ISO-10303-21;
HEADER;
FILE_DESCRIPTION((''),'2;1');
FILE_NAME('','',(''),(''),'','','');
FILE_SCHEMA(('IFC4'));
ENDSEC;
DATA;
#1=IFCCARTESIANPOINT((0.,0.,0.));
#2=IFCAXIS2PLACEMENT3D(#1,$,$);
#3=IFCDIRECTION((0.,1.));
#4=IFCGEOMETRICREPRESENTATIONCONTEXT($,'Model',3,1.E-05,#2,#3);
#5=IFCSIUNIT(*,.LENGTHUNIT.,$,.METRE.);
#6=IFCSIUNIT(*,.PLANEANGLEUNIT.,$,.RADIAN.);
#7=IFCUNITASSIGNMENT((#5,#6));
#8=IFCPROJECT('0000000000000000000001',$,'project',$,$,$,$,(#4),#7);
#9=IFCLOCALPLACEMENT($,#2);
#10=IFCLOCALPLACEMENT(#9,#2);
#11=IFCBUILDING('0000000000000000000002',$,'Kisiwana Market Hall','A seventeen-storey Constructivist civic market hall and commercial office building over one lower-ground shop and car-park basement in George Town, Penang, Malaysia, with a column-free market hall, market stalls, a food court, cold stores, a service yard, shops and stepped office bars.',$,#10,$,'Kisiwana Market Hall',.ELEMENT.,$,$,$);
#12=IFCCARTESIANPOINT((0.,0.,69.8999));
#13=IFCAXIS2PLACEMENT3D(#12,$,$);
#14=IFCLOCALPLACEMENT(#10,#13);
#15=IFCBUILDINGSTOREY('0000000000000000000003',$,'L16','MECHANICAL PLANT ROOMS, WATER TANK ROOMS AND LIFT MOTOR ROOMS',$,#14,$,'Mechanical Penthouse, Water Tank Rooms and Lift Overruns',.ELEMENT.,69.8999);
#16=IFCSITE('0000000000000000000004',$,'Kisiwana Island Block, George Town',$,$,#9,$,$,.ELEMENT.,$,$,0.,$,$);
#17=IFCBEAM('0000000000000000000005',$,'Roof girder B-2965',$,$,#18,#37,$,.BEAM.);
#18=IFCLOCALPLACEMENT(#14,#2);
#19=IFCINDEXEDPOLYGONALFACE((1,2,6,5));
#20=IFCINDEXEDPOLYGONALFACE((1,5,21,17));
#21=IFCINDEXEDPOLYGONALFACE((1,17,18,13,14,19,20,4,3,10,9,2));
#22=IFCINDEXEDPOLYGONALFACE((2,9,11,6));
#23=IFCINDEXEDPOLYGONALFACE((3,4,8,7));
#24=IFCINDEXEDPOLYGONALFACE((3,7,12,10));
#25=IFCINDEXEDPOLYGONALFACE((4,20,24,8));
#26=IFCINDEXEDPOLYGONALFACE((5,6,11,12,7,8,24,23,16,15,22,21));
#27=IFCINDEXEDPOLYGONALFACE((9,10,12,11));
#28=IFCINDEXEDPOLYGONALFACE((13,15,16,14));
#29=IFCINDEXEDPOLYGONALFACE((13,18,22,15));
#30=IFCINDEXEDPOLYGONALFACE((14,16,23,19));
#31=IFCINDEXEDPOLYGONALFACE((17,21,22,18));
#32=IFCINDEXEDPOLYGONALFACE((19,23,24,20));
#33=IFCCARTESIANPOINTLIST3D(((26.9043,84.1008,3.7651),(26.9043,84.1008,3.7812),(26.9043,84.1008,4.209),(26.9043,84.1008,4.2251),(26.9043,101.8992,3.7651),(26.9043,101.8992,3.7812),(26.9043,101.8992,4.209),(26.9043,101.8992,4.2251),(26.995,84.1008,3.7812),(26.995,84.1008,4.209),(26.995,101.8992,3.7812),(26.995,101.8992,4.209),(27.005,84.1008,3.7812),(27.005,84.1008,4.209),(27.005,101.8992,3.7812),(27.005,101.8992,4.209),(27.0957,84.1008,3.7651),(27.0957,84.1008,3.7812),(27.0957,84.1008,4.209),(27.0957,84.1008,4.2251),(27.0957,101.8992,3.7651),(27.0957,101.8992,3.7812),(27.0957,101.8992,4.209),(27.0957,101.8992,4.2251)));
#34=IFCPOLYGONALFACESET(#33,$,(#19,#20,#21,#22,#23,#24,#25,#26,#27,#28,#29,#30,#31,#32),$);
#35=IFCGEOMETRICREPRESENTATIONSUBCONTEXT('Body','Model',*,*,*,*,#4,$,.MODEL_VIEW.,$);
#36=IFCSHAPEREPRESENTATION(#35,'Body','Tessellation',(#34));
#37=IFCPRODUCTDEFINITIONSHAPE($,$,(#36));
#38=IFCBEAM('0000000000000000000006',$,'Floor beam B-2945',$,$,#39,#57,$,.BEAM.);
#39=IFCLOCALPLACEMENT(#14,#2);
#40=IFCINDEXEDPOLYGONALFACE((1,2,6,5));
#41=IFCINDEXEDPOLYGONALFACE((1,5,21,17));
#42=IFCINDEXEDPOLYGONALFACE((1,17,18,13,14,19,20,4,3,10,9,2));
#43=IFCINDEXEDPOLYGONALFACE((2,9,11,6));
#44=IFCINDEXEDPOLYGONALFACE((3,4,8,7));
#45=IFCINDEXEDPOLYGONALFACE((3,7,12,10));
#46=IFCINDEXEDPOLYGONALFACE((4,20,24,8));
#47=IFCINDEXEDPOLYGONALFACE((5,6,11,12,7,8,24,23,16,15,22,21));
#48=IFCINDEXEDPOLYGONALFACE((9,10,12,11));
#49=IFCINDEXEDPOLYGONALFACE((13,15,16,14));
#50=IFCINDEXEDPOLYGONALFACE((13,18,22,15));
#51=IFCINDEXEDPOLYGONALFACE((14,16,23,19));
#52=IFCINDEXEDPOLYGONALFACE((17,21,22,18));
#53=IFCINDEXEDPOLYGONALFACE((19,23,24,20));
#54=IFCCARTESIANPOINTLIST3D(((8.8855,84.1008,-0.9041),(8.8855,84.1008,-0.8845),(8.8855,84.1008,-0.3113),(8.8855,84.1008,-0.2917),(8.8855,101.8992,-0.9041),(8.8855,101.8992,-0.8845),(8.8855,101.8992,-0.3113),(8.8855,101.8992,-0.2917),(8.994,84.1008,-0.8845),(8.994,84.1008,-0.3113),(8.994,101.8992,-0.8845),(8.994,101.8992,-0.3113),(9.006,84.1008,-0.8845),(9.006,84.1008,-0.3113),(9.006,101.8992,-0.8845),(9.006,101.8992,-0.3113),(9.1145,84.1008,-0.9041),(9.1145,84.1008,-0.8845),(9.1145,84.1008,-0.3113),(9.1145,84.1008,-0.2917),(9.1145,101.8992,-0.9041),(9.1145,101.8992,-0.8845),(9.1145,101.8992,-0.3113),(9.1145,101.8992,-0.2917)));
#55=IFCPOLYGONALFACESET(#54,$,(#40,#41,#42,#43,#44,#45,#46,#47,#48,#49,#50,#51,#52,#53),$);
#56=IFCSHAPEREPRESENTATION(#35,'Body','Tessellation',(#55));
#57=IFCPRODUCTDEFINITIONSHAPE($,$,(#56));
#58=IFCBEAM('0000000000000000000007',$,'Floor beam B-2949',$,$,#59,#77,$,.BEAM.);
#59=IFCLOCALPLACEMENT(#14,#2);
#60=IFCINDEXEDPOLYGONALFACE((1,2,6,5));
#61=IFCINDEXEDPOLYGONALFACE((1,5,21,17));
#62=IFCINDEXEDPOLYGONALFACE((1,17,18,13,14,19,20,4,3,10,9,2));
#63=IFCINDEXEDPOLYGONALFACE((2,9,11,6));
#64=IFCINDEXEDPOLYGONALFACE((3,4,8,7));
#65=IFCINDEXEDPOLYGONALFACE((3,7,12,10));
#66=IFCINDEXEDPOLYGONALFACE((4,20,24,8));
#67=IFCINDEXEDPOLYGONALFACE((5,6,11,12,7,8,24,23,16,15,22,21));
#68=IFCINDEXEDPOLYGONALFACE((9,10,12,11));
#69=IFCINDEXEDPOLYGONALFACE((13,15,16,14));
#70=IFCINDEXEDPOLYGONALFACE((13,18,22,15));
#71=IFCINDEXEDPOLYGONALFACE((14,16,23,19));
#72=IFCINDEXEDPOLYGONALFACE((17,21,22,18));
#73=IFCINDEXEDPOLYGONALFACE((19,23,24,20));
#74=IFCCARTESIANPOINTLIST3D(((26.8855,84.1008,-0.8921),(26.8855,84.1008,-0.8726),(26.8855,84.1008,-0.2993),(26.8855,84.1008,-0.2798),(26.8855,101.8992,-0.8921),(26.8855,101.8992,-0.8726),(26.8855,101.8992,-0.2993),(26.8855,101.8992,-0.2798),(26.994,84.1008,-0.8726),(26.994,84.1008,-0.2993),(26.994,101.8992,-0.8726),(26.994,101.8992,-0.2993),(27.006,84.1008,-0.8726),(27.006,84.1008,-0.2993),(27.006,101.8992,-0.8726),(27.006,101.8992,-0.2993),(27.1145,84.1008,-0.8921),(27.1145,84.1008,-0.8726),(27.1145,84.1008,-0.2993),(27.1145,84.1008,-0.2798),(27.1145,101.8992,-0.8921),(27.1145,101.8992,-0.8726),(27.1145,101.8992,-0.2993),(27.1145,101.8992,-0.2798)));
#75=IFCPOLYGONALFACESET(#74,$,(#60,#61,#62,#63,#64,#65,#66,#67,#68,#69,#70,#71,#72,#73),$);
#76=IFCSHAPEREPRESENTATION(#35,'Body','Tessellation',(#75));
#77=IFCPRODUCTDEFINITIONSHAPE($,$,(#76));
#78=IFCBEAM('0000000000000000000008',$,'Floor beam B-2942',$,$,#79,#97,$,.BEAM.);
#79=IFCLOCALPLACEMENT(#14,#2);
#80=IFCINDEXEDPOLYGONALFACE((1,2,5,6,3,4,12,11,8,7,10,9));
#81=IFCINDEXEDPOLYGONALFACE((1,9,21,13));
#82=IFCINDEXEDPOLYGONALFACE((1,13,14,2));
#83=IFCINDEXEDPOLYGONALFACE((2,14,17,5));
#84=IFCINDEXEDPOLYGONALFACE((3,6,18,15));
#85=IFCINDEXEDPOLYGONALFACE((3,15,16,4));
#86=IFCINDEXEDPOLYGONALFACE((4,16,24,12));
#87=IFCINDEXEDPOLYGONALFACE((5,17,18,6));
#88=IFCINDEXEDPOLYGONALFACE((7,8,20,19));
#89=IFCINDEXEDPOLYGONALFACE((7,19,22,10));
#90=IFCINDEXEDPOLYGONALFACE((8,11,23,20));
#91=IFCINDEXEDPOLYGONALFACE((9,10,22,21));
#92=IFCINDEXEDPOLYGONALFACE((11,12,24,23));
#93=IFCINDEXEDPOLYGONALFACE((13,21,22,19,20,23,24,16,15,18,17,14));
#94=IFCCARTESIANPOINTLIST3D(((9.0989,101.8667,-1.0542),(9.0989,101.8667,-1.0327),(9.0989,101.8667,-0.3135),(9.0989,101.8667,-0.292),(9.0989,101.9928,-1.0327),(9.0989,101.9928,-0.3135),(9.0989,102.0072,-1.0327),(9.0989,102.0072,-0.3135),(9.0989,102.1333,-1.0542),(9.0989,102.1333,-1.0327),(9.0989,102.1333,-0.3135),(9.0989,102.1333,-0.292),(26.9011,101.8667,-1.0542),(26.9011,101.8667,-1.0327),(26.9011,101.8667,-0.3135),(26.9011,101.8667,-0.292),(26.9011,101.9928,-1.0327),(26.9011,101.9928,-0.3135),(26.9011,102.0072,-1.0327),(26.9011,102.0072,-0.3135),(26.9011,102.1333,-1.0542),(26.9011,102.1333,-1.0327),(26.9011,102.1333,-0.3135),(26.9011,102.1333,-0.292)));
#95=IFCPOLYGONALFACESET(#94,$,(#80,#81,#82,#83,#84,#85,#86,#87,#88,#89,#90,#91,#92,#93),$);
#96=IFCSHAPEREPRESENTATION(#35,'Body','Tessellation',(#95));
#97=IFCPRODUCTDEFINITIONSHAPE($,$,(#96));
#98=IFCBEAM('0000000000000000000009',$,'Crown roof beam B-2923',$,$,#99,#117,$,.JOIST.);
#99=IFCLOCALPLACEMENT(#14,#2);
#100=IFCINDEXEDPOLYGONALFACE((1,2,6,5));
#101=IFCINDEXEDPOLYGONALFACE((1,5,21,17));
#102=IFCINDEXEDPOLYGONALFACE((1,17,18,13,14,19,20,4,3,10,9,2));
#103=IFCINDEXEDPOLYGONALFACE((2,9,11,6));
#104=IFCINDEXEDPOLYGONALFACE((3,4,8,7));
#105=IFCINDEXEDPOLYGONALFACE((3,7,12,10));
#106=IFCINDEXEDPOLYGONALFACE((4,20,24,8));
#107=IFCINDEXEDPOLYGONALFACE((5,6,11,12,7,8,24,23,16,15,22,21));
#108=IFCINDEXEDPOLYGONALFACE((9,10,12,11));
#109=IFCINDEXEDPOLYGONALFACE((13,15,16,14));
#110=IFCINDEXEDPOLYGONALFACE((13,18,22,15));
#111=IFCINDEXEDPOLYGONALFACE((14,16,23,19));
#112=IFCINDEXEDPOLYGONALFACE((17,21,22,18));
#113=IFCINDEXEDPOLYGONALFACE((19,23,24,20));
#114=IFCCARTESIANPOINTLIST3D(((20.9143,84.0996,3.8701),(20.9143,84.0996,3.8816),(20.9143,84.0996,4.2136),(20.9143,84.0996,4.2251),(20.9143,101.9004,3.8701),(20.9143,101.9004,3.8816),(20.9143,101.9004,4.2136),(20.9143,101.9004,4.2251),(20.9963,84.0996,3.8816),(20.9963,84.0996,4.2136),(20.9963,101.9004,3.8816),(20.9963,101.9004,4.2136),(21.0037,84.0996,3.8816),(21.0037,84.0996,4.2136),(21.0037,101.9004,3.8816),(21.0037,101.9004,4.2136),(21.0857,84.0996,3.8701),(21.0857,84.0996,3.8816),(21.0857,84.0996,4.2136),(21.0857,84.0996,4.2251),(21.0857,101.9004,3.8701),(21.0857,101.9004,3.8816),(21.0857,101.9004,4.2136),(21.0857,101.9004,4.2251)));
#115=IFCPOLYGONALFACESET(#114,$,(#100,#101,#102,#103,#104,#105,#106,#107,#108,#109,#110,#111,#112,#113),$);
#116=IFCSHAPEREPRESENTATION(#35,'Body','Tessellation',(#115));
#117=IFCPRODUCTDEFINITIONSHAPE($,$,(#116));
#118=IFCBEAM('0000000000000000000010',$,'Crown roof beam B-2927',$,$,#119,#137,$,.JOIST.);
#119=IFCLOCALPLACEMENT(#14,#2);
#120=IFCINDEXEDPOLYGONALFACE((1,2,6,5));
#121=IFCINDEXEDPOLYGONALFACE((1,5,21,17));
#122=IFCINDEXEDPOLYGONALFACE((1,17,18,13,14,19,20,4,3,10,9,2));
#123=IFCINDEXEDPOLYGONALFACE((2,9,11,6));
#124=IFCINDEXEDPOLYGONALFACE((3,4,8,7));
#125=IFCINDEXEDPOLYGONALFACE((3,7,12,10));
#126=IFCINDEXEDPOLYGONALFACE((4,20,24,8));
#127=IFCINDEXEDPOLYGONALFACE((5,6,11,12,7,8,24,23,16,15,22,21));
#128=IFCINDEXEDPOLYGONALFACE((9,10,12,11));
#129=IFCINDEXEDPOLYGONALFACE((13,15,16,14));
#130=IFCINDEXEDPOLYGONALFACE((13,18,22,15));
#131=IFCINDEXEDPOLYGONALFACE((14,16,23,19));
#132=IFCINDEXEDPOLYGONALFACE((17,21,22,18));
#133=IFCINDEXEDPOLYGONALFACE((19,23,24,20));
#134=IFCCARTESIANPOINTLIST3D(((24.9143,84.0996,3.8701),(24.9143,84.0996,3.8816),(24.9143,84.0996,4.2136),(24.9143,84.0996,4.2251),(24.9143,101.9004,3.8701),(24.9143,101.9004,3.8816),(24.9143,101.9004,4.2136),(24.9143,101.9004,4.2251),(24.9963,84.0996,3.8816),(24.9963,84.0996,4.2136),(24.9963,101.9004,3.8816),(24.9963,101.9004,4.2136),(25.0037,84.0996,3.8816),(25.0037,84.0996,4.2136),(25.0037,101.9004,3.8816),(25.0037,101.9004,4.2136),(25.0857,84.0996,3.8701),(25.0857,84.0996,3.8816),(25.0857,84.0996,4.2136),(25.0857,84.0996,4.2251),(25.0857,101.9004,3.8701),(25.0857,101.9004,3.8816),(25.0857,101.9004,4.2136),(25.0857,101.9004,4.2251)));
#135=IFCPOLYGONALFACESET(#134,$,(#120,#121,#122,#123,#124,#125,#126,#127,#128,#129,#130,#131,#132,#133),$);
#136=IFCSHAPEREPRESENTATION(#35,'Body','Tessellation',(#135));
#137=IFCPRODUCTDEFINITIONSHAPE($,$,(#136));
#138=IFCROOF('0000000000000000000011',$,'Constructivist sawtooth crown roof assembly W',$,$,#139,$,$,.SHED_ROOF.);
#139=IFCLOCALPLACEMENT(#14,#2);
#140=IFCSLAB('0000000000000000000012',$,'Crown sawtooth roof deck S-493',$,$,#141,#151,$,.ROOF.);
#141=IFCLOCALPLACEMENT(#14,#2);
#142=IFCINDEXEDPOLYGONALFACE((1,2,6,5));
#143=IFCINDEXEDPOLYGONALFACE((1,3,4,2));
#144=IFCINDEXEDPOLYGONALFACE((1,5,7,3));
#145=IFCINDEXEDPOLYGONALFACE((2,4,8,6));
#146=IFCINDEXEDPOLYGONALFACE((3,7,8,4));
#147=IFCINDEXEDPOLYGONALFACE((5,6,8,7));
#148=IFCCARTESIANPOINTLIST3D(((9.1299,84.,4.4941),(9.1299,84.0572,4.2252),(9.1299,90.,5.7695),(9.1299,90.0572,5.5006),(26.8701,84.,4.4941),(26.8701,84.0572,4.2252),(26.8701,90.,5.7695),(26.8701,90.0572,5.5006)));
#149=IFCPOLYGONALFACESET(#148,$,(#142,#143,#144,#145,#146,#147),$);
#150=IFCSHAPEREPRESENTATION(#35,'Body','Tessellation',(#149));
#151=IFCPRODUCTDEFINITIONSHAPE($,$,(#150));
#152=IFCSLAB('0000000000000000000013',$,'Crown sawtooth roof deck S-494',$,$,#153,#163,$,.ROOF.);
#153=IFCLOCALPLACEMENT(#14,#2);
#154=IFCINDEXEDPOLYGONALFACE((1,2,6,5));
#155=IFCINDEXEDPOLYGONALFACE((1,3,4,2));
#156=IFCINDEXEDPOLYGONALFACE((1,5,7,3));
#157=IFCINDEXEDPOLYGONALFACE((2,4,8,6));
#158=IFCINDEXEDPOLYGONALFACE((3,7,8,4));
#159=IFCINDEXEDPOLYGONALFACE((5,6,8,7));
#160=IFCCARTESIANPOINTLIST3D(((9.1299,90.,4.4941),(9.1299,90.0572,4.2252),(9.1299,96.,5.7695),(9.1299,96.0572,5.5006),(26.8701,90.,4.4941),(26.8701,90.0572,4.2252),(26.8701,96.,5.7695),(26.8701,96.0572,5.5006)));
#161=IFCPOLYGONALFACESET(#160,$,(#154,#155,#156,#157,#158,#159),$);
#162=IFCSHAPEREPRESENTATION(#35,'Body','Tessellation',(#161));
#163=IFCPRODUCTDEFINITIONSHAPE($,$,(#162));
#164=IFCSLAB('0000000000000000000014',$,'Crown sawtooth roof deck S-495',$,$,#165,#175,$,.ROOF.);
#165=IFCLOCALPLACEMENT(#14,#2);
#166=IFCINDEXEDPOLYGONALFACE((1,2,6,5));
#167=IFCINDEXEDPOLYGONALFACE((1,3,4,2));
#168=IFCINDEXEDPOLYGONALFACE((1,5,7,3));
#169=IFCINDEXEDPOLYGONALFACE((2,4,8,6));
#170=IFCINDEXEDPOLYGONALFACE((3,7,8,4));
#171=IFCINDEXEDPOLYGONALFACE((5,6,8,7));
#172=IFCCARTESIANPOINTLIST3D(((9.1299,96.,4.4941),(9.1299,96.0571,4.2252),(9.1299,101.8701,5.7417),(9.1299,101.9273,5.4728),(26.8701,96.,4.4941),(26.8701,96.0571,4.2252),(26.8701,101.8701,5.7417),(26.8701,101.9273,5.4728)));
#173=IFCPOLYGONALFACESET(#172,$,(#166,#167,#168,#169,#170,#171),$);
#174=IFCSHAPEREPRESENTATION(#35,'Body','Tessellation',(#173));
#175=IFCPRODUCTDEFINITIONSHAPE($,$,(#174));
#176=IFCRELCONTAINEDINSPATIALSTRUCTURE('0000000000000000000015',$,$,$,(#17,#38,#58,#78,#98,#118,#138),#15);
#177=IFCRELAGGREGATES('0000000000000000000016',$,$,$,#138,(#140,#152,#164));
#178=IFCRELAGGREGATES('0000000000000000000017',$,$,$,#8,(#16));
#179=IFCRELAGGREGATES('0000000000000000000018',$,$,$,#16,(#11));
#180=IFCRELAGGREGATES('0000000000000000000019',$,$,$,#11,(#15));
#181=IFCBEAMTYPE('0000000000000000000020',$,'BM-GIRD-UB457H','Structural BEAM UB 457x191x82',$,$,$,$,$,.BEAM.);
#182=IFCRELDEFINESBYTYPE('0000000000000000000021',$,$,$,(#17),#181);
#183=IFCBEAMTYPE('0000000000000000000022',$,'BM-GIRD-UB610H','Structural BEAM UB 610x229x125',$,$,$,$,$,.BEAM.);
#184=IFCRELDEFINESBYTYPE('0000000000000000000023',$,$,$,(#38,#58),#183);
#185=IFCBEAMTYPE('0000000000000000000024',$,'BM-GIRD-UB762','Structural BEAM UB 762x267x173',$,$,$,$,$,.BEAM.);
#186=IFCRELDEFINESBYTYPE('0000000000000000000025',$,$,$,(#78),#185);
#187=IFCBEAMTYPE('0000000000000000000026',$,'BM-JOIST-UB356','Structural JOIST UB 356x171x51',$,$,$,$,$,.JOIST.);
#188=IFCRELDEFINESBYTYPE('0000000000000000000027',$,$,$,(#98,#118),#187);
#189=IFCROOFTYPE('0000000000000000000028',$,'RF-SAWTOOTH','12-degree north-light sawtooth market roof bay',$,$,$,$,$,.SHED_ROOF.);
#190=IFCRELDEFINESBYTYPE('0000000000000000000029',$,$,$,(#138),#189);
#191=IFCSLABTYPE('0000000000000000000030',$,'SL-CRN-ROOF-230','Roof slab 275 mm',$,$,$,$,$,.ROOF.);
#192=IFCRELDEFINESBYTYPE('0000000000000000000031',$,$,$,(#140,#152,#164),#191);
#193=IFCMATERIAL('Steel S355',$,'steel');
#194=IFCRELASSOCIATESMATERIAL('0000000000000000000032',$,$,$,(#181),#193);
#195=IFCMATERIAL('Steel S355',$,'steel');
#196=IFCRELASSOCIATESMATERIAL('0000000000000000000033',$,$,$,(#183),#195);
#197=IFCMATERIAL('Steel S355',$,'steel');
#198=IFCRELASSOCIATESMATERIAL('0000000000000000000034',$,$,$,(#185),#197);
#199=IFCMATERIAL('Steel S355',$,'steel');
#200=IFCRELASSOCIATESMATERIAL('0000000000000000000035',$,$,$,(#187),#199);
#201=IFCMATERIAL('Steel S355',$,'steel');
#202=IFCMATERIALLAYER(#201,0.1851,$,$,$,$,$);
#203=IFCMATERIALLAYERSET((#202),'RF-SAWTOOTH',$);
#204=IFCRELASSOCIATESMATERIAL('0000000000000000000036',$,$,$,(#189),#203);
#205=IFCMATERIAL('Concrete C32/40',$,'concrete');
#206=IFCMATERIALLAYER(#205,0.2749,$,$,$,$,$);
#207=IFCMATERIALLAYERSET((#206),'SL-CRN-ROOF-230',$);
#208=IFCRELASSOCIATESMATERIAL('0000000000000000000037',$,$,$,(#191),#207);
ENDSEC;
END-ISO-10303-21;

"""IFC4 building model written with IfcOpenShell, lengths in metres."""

from ifc_helpers import new_model, si_unit, direction, frame, origin, origin_2d, place, context, subcontext, project, spatial, polyline, i_section, outline, extrude, material, layer, layer_set, material_profile, profile_set, type_object, element, aggregate, save


model = new_model("IFC4")

# Units and contexts
model_context = context("Model", 3, precision=1e-05, world=origin(), true_north=direction((0.0, 1.0)))
body_context = subcontext(model_context, "Body", "Model", "MODEL_VIEW")
ifc_project = project(units=[si_unit("LENGTHUNIT", "METRE"), si_unit("PLANEANGLEUNIT", "RADIAN")], contexts=[model_context])

# Site, building, storey
site_placement = place(None, origin())
site = spatial("IfcSite", under=ifc_project, at=site_placement, Name="Kisiwana Island Block, George Town", CompositionType="ELEMENT", RefElevation=0.0)
building_placement = place(site_placement, origin())
building = spatial("IfcBuilding", under=site, at=building_placement, Name="Kisiwana Market Hall", Description="A seventeen-storey Constructivist civic market hall and commercial office building over one lower-ground shop and car-park basement in George Town, Penang, Malaysia, with a column-free market hall, market stalls, a food court, cold stores, a service yard, shops and stepped office bars.", LongName="Kisiwana Market Hall", CompositionType="ELEMENT")
storey_placement = place(building_placement, frame((0.0, 0.0, 69.8999)))
storey = spatial("IfcBuildingStorey", under=building, at=storey_placement, Name="L16", Description="MECHANICAL PLANT ROOMS, WATER TANK ROOMS AND LIFT MOTOR ROOMS", LongName="Mechanical Penthouse, Water Tank Rooms and Lift Overruns", CompositionType="ELEMENT", Elevation=69.8999)

# Beams
ifc_material_1 = material(Name="Steel S355", Category="steel")
ifc_material_profile_1 = material_profile(ifc_material_1, i_section(OverallWidth=0.1914, OverallDepth=0.46, WebThickness=0.01, FlangeThickness=0.0161, at=origin_2d()), Name="UB 457x191x82")
ifc_profile_set_1 = profile_set([ifc_material_profile_1], Name="Steel S355")
beam_type_1 = type_object("IfcBeamType", Name="BM-GIRD-UB457H", Description="Structural BEAM UB 457x191x82", PredefinedType="BEAM", material=ifc_profile_set_1)
for number, where, z_axis, x_axis, name in (
    (1, (27.0, 84.1008, 3.9951), (0.0, 1.0, 0.0), (-1.0, 0.0, 0.0), "Roof girder B-2965"),
):
    element("IfcBeam", number, at=place(storey_placement, frame(where, z_axis=z_axis, x_axis=x_axis)), inside=storey, type_object=beam_type_1, Name=name, PredefinedType="BEAM", context=body_context, shape_type="SweptSolid", body=[
        extrude(i_section(OverallWidth=0.1914, OverallDepth=0.46, WebThickness=0.01, FlangeThickness=0.0161, at=origin_2d()), origin(), (0.0, 0.0, 1.0), 17.7983),
    ])
ifc_material_2 = material(Name="Steel S355", Category="steel")
ifc_material_profile_2 = material_profile(ifc_material_2, i_section(OverallWidth=0.229, OverallDepth=0.6123, WebThickness=0.012, FlangeThickness=0.0195, at=origin_2d()), Name="UB 610x229x125")
ifc_profile_set_2 = profile_set([ifc_material_profile_2], Name="Steel S355")
beam_type_2 = type_object("IfcBeamType", Name="BM-GIRD-UB610H", Description="Structural BEAM UB 610x229x125", PredefinedType="BEAM", material=ifc_profile_set_2)
for number, where, z_axis, x_axis, name in (
    (2, (9.0, 84.1008, -0.5979), (0.0, 1.0, 0.0), (-1.0, 0.0, 0.0), "Floor beam B-2945"),
    (3, (27.0, 84.1008, -0.5859), (0.0, 1.0, 0.0), (-1.0, 0.0, 0.0), "Floor beam B-2949"),
):
    element("IfcBeam", number, at=place(storey_placement, frame(where, z_axis=z_axis, x_axis=x_axis)), inside=storey, type_object=beam_type_2, Name=name, PredefinedType="BEAM", context=body_context, shape_type="SweptSolid", body=[
        extrude(i_section(OverallWidth=0.229, OverallDepth=0.6123, WebThickness=0.012, FlangeThickness=0.0195, at=origin_2d()), origin(), (0.0, 0.0, 1.0), 17.7983),
    ])
ifc_material_3 = material(Name="Steel S355", Category="steel")
ifc_material_profile_3 = material_profile(ifc_material_3, i_section(OverallWidth=0.2666, OverallDepth=0.7622, WebThickness=0.0144, FlangeThickness=0.0215, at=origin_2d()), Name="UB 762x267x173")
ifc_profile_set_3 = profile_set([ifc_material_profile_3], Name="Steel S355")
beam_type_3 = type_object("IfcBeamType", Name="BM-GIRD-UB762", Description="Structural BEAM UB 762x267x173", PredefinedType="BEAM", material=ifc_profile_set_3)
beam_1_placement = place(storey_placement, frame((9.0989, 102.0, -0.6731), z_axis=(1.0, 0.0, 0.0), x_axis=(0.0, 1.0, 0.0)))
element("IfcBeam", 4, at=beam_1_placement, inside=storey, type_object=beam_type_3, Name="Floor beam B-2942", PredefinedType="BEAM", context=body_context, shape_type="SweptSolid", body=[
    extrude(i_section(OverallWidth=0.2666, OverallDepth=0.7622, WebThickness=0.0144, FlangeThickness=0.0215, at=origin_2d()), origin(), (0.0, 0.0, 1.0), 17.8022),
])
ifc_material_4 = material(Name="Steel S355", Category="steel")
ifc_material_profile_4 = material_profile(ifc_material_4, i_section(OverallWidth=0.1714, OverallDepth=0.355, WebThickness=0.0073, FlangeThickness=0.0115, at=origin_2d()), Name="UB 356x171x51")
ifc_profile_set_4 = profile_set([ifc_material_profile_4], Name="Steel S355")
beam_type_4 = type_object("IfcBeamType", Name="BM-JOIST-UB356", Description="Structural JOIST UB 356x171x51", PredefinedType="JOIST", material=ifc_profile_set_4)
for number, where, z_axis, x_axis, name in (
    (5, (21.0, 84.0996, 4.0476), (0.0, 1.0, 0.0), (-1.0, 0.0, 0.0), "Crown roof beam B-2923"),
    (6, (25.0, 84.0996, 4.0476), (0.0, 1.0, 0.0), (-1.0, 0.0, 0.0), "Crown roof beam B-2927"),
):
    element("IfcBeam", number, at=place(storey_placement, frame(where, z_axis=z_axis, x_axis=x_axis)), inside=storey, type_object=beam_type_4, Name=name, PredefinedType="JOIST", context=body_context, shape_type="SweptSolid", body=[
        extrude(i_section(OverallWidth=0.1714, OverallDepth=0.355, WebThickness=0.0073, FlangeThickness=0.0115, at=origin_2d()), origin(), (0.0, 0.0, 1.0), 17.8008),
    ])

# Roof, slabs
ifc_material_5 = material(Name="Steel S355", Category="steel")
ifc_layer_1 = layer(ifc_material_5, 0.1851)
ifc_layer_set_1 = layer_set([ifc_layer_1], Name="RF-SAWTOOTH")
roof_type = type_object("IfcRoofType", Name="RF-SAWTOOTH", Description="12-degree north-light sawtooth market roof bay", PredefinedType="SHED_ROOF", material=ifc_layer_set_1)
roof_placement = place(storey_placement, origin())
roof = element("IfcRoof", 7, at=roof_placement, inside=storey, type_object=roof_type, Name="Constructivist sawtooth crown roof assembly W", PredefinedType="SHED_ROOF")
ifc_material_6 = material(Name="Concrete C32/40", Category="concrete")
ifc_layer_2 = layer(ifc_material_6, 0.2749)
ifc_layer_set_2 = layer_set([ifc_layer_2], Name="SL-CRN-ROOF-230")
slab_type = type_object("IfcSlabType", Name="SL-CRN-ROOF-230", Description="Roof slab 275 mm", PredefinedType="ROOF", material=ifc_layer_set_2)
slab_1_placement = place(storey_placement, frame((9.1299, 84.0, 4.4941), z_axis=(0.0, -0.20792, 0.978146), x_axis=(1.0, 0.0, 0.0)))
slab_1 = element("IfcSlab", 8, at=slab_1_placement, type_object=slab_type, Name="Crown sawtooth roof deck S-493", PredefinedType="ROOF", context=body_context, shape_type="SweptSolid", body=[
    extrude(outline(polyline([(0.0, 0.0), (17.7402, 0.0), (17.7402, 6.1341), (0.0, 6.1341), (0.0, 0.0)])), origin(), (0.0, 0.0, -1.0), 0.2749),
])
slab_2_placement = place(storey_placement, frame((9.1299, 90.0, 4.4941), z_axis=(0.0, -0.20792, 0.978146), x_axis=(1.0, 0.0, 0.0)))
slab_2 = element("IfcSlab", 9, at=slab_2_placement, type_object=slab_type, Name="Crown sawtooth roof deck S-494", PredefinedType="ROOF", context=body_context, shape_type="SweptSolid", body=[
    extrude(outline(polyline([(0.0, 0.0), (17.7402, 0.0), (17.7402, 6.1341), (0.0, 6.1341), (0.0, 0.0)])), origin(), (0.0, 0.0, -1.0), 0.2749),
])
slab_3_placement = place(storey_placement, frame((9.1299, 96.0, 4.4941), z_axis=(0.0, -0.207884, 0.978153), x_axis=(1.0, 0.0, 0.0)))
slab_3 = element("IfcSlab", 10, at=slab_3_placement, type_object=slab_type, Name="Crown sawtooth roof deck S-495", PredefinedType="ROOF", context=body_context, shape_type="SweptSolid", body=[
    extrude(outline(polyline([(0.0, 0.0), (17.7402, 0.0), (17.7402, 6.0012), (0.0, 6.0012), (0.0, 0.0)])), origin(), (0.0, 0.0, -1.0), 0.2749),
])
aggregate(roof, [slab_1, slab_2, slab_3])

save(model, "model.ifc")
